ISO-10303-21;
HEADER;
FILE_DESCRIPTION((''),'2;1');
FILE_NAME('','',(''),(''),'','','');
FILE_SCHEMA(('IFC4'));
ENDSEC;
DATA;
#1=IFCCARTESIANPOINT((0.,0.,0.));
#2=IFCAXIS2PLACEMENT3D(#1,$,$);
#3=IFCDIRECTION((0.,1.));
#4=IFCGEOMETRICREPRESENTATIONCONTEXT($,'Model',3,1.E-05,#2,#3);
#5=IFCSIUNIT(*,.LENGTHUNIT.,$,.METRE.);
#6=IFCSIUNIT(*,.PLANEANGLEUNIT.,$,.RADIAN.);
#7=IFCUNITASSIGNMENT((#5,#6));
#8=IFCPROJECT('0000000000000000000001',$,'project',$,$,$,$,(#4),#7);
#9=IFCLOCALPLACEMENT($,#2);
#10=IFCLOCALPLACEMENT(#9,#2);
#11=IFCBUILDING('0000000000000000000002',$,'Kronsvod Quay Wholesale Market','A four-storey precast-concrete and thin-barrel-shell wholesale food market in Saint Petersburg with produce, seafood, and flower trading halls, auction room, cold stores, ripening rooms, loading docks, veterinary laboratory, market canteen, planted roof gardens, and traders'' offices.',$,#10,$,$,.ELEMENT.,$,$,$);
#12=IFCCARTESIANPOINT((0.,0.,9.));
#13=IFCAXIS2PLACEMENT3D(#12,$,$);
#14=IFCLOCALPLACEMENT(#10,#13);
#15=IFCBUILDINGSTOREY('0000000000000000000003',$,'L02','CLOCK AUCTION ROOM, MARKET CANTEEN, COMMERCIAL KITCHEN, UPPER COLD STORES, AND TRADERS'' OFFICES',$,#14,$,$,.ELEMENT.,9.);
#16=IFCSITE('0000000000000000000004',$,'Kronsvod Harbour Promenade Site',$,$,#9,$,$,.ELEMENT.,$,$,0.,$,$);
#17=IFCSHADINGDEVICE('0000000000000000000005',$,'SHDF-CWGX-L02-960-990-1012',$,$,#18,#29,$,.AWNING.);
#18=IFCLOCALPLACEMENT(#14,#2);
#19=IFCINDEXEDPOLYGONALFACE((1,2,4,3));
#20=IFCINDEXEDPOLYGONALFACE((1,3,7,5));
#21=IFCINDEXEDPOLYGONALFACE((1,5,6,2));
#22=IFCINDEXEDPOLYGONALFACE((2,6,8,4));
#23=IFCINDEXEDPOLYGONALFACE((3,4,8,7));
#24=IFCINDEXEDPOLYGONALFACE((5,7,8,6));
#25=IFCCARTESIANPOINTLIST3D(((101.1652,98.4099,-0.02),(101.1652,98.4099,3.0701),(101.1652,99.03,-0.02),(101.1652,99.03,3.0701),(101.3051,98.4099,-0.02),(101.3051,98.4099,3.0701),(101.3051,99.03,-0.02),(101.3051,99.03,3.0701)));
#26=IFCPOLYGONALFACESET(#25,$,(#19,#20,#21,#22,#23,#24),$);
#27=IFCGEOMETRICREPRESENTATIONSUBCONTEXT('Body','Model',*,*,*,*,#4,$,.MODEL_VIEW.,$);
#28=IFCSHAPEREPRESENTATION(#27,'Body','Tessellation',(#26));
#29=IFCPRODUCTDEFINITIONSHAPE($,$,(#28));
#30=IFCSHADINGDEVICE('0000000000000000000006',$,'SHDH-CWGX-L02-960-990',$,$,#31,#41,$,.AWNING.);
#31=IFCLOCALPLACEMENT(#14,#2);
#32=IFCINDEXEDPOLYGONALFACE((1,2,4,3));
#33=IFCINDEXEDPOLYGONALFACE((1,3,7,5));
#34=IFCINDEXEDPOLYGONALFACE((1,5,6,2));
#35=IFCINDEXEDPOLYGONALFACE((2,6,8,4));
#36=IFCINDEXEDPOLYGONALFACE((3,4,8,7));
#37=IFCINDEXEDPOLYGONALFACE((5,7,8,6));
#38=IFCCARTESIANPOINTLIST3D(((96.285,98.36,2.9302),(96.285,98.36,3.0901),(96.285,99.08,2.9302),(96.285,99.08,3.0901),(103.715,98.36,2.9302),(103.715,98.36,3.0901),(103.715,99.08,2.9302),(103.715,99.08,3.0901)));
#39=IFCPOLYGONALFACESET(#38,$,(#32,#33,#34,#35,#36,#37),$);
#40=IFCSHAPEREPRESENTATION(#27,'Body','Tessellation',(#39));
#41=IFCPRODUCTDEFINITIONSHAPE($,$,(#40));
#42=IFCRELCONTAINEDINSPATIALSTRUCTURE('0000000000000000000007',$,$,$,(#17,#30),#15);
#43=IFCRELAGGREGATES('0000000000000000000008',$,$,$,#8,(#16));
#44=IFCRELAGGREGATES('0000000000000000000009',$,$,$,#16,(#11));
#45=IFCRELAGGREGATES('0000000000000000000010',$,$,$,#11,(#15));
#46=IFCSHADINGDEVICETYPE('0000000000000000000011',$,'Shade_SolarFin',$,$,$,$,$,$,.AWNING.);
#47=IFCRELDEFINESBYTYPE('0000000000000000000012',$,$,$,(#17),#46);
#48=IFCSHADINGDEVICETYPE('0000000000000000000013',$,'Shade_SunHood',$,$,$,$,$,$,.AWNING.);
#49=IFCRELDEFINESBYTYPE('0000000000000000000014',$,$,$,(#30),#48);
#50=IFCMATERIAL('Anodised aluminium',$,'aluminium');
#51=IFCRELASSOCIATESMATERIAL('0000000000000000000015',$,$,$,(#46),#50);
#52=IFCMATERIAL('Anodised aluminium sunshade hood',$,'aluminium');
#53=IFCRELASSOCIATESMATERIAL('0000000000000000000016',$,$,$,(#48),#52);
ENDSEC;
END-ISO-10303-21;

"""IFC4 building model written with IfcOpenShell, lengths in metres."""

from ifc_helpers import new_model, si_unit, direction, frame, origin, origin_2d, place, context, subcontext, project, spatial, rectangle, extrude, material, type_object, element, save


model = new_model("IFC4")

# Units and contexts
model_context = context("Model", 3, precision=1e-05, world=origin(), true_north=direction((0.0, 1.0)))
body_context = subcontext(model_context, "Body", "Model", "MODEL_VIEW")
ifc_project = project(units=[si_unit("LENGTHUNIT", "METRE"), si_unit("PLANEANGLEUNIT", "RADIAN")], contexts=[model_context])

# Site, building, storey
site_placement = place(None, origin())
site = spatial("IfcSite", under=ifc_project, at=site_placement, Name="Kronsvod Harbour Promenade Site", CompositionType="ELEMENT", RefElevation=0.0)
building_placement = place(site_placement, origin())
building = spatial("IfcBuilding", under=site, at=building_placement, Name="Kronsvod Quay Wholesale Market", Description="A four-storey precast-concrete and thin-barrel-shell wholesale food market in Saint Petersburg with produce, seafood, and flower trading halls, auction room, cold stores, ripening rooms, loading docks, veterinary laboratory, market canteen, planted roof gardens, and traders' offices.", CompositionType="ELEMENT")
storey_placement = place(building_placement, frame((0.0, 0.0, 9.0)))
storey = spatial("IfcBuildingStorey", under=building, at=storey_placement, Name="L02", Description="CLOCK AUCTION ROOM, MARKET CANTEEN, COMMERCIAL KITCHEN, UPPER COLD STORES, AND TRADERS' OFFICES", CompositionType="ELEMENT", Elevation=9.0)

# Shading devices
ifc_material_1 = material(Name="Anodised aluminium", Category="aluminium")
shading_device_type_1 = type_object("IfcShadingDeviceType", Name="Shade_SolarFin", PredefinedType="AWNING", material=ifc_material_1)
for number, where, z_axis, x_axis, name in (
    (1, (101.2351, 98.72, -0.02), (0.0, 0.0, 1.0), (1.0, 0.0, 0.0), "SHDF-CWGX-L02-960-990-1012"),
):
    element("IfcShadingDevice", number, at=place(storey_placement, frame(where, z_axis=z_axis, x_axis=x_axis)), inside=storey, type_object=shading_device_type_1, Name=name, PredefinedType="AWNING", context=body_context, shape_type="SweptSolid", body=[
        extrude(rectangle(XDim=0.1399, YDim=0.6201, at=origin_2d()), origin(), (0.0, 0.0, 1.0), 3.0901),
    ])
ifc_material_2 = material(Name="Anodised aluminium sunshade hood", Category="aluminium")
shading_device_type_2 = type_object("IfcShadingDeviceType", Name="Shade_SunHood", PredefinedType="AWNING", material=ifc_material_2)
shading_device_placement = place(storey_placement, frame((100.0, 98.72, 2.9302), z_axis=(0.0, 0.0, 1.0), x_axis=(1.0, 0.0, 0.0)))
element("IfcShadingDevice", 2, at=shading_device_placement, inside=storey, type_object=shading_device_type_2, Name="SHDH-CWGX-L02-960-990", PredefinedType="AWNING", context=body_context, shape_type="SweptSolid", body=[
    extrude(rectangle(XDim=7.4299, YDim=0.72, at=origin_2d()), origin(), (0.0, 0.0, 1.0), 0.1599),
])

save(model, "model.ifc")
